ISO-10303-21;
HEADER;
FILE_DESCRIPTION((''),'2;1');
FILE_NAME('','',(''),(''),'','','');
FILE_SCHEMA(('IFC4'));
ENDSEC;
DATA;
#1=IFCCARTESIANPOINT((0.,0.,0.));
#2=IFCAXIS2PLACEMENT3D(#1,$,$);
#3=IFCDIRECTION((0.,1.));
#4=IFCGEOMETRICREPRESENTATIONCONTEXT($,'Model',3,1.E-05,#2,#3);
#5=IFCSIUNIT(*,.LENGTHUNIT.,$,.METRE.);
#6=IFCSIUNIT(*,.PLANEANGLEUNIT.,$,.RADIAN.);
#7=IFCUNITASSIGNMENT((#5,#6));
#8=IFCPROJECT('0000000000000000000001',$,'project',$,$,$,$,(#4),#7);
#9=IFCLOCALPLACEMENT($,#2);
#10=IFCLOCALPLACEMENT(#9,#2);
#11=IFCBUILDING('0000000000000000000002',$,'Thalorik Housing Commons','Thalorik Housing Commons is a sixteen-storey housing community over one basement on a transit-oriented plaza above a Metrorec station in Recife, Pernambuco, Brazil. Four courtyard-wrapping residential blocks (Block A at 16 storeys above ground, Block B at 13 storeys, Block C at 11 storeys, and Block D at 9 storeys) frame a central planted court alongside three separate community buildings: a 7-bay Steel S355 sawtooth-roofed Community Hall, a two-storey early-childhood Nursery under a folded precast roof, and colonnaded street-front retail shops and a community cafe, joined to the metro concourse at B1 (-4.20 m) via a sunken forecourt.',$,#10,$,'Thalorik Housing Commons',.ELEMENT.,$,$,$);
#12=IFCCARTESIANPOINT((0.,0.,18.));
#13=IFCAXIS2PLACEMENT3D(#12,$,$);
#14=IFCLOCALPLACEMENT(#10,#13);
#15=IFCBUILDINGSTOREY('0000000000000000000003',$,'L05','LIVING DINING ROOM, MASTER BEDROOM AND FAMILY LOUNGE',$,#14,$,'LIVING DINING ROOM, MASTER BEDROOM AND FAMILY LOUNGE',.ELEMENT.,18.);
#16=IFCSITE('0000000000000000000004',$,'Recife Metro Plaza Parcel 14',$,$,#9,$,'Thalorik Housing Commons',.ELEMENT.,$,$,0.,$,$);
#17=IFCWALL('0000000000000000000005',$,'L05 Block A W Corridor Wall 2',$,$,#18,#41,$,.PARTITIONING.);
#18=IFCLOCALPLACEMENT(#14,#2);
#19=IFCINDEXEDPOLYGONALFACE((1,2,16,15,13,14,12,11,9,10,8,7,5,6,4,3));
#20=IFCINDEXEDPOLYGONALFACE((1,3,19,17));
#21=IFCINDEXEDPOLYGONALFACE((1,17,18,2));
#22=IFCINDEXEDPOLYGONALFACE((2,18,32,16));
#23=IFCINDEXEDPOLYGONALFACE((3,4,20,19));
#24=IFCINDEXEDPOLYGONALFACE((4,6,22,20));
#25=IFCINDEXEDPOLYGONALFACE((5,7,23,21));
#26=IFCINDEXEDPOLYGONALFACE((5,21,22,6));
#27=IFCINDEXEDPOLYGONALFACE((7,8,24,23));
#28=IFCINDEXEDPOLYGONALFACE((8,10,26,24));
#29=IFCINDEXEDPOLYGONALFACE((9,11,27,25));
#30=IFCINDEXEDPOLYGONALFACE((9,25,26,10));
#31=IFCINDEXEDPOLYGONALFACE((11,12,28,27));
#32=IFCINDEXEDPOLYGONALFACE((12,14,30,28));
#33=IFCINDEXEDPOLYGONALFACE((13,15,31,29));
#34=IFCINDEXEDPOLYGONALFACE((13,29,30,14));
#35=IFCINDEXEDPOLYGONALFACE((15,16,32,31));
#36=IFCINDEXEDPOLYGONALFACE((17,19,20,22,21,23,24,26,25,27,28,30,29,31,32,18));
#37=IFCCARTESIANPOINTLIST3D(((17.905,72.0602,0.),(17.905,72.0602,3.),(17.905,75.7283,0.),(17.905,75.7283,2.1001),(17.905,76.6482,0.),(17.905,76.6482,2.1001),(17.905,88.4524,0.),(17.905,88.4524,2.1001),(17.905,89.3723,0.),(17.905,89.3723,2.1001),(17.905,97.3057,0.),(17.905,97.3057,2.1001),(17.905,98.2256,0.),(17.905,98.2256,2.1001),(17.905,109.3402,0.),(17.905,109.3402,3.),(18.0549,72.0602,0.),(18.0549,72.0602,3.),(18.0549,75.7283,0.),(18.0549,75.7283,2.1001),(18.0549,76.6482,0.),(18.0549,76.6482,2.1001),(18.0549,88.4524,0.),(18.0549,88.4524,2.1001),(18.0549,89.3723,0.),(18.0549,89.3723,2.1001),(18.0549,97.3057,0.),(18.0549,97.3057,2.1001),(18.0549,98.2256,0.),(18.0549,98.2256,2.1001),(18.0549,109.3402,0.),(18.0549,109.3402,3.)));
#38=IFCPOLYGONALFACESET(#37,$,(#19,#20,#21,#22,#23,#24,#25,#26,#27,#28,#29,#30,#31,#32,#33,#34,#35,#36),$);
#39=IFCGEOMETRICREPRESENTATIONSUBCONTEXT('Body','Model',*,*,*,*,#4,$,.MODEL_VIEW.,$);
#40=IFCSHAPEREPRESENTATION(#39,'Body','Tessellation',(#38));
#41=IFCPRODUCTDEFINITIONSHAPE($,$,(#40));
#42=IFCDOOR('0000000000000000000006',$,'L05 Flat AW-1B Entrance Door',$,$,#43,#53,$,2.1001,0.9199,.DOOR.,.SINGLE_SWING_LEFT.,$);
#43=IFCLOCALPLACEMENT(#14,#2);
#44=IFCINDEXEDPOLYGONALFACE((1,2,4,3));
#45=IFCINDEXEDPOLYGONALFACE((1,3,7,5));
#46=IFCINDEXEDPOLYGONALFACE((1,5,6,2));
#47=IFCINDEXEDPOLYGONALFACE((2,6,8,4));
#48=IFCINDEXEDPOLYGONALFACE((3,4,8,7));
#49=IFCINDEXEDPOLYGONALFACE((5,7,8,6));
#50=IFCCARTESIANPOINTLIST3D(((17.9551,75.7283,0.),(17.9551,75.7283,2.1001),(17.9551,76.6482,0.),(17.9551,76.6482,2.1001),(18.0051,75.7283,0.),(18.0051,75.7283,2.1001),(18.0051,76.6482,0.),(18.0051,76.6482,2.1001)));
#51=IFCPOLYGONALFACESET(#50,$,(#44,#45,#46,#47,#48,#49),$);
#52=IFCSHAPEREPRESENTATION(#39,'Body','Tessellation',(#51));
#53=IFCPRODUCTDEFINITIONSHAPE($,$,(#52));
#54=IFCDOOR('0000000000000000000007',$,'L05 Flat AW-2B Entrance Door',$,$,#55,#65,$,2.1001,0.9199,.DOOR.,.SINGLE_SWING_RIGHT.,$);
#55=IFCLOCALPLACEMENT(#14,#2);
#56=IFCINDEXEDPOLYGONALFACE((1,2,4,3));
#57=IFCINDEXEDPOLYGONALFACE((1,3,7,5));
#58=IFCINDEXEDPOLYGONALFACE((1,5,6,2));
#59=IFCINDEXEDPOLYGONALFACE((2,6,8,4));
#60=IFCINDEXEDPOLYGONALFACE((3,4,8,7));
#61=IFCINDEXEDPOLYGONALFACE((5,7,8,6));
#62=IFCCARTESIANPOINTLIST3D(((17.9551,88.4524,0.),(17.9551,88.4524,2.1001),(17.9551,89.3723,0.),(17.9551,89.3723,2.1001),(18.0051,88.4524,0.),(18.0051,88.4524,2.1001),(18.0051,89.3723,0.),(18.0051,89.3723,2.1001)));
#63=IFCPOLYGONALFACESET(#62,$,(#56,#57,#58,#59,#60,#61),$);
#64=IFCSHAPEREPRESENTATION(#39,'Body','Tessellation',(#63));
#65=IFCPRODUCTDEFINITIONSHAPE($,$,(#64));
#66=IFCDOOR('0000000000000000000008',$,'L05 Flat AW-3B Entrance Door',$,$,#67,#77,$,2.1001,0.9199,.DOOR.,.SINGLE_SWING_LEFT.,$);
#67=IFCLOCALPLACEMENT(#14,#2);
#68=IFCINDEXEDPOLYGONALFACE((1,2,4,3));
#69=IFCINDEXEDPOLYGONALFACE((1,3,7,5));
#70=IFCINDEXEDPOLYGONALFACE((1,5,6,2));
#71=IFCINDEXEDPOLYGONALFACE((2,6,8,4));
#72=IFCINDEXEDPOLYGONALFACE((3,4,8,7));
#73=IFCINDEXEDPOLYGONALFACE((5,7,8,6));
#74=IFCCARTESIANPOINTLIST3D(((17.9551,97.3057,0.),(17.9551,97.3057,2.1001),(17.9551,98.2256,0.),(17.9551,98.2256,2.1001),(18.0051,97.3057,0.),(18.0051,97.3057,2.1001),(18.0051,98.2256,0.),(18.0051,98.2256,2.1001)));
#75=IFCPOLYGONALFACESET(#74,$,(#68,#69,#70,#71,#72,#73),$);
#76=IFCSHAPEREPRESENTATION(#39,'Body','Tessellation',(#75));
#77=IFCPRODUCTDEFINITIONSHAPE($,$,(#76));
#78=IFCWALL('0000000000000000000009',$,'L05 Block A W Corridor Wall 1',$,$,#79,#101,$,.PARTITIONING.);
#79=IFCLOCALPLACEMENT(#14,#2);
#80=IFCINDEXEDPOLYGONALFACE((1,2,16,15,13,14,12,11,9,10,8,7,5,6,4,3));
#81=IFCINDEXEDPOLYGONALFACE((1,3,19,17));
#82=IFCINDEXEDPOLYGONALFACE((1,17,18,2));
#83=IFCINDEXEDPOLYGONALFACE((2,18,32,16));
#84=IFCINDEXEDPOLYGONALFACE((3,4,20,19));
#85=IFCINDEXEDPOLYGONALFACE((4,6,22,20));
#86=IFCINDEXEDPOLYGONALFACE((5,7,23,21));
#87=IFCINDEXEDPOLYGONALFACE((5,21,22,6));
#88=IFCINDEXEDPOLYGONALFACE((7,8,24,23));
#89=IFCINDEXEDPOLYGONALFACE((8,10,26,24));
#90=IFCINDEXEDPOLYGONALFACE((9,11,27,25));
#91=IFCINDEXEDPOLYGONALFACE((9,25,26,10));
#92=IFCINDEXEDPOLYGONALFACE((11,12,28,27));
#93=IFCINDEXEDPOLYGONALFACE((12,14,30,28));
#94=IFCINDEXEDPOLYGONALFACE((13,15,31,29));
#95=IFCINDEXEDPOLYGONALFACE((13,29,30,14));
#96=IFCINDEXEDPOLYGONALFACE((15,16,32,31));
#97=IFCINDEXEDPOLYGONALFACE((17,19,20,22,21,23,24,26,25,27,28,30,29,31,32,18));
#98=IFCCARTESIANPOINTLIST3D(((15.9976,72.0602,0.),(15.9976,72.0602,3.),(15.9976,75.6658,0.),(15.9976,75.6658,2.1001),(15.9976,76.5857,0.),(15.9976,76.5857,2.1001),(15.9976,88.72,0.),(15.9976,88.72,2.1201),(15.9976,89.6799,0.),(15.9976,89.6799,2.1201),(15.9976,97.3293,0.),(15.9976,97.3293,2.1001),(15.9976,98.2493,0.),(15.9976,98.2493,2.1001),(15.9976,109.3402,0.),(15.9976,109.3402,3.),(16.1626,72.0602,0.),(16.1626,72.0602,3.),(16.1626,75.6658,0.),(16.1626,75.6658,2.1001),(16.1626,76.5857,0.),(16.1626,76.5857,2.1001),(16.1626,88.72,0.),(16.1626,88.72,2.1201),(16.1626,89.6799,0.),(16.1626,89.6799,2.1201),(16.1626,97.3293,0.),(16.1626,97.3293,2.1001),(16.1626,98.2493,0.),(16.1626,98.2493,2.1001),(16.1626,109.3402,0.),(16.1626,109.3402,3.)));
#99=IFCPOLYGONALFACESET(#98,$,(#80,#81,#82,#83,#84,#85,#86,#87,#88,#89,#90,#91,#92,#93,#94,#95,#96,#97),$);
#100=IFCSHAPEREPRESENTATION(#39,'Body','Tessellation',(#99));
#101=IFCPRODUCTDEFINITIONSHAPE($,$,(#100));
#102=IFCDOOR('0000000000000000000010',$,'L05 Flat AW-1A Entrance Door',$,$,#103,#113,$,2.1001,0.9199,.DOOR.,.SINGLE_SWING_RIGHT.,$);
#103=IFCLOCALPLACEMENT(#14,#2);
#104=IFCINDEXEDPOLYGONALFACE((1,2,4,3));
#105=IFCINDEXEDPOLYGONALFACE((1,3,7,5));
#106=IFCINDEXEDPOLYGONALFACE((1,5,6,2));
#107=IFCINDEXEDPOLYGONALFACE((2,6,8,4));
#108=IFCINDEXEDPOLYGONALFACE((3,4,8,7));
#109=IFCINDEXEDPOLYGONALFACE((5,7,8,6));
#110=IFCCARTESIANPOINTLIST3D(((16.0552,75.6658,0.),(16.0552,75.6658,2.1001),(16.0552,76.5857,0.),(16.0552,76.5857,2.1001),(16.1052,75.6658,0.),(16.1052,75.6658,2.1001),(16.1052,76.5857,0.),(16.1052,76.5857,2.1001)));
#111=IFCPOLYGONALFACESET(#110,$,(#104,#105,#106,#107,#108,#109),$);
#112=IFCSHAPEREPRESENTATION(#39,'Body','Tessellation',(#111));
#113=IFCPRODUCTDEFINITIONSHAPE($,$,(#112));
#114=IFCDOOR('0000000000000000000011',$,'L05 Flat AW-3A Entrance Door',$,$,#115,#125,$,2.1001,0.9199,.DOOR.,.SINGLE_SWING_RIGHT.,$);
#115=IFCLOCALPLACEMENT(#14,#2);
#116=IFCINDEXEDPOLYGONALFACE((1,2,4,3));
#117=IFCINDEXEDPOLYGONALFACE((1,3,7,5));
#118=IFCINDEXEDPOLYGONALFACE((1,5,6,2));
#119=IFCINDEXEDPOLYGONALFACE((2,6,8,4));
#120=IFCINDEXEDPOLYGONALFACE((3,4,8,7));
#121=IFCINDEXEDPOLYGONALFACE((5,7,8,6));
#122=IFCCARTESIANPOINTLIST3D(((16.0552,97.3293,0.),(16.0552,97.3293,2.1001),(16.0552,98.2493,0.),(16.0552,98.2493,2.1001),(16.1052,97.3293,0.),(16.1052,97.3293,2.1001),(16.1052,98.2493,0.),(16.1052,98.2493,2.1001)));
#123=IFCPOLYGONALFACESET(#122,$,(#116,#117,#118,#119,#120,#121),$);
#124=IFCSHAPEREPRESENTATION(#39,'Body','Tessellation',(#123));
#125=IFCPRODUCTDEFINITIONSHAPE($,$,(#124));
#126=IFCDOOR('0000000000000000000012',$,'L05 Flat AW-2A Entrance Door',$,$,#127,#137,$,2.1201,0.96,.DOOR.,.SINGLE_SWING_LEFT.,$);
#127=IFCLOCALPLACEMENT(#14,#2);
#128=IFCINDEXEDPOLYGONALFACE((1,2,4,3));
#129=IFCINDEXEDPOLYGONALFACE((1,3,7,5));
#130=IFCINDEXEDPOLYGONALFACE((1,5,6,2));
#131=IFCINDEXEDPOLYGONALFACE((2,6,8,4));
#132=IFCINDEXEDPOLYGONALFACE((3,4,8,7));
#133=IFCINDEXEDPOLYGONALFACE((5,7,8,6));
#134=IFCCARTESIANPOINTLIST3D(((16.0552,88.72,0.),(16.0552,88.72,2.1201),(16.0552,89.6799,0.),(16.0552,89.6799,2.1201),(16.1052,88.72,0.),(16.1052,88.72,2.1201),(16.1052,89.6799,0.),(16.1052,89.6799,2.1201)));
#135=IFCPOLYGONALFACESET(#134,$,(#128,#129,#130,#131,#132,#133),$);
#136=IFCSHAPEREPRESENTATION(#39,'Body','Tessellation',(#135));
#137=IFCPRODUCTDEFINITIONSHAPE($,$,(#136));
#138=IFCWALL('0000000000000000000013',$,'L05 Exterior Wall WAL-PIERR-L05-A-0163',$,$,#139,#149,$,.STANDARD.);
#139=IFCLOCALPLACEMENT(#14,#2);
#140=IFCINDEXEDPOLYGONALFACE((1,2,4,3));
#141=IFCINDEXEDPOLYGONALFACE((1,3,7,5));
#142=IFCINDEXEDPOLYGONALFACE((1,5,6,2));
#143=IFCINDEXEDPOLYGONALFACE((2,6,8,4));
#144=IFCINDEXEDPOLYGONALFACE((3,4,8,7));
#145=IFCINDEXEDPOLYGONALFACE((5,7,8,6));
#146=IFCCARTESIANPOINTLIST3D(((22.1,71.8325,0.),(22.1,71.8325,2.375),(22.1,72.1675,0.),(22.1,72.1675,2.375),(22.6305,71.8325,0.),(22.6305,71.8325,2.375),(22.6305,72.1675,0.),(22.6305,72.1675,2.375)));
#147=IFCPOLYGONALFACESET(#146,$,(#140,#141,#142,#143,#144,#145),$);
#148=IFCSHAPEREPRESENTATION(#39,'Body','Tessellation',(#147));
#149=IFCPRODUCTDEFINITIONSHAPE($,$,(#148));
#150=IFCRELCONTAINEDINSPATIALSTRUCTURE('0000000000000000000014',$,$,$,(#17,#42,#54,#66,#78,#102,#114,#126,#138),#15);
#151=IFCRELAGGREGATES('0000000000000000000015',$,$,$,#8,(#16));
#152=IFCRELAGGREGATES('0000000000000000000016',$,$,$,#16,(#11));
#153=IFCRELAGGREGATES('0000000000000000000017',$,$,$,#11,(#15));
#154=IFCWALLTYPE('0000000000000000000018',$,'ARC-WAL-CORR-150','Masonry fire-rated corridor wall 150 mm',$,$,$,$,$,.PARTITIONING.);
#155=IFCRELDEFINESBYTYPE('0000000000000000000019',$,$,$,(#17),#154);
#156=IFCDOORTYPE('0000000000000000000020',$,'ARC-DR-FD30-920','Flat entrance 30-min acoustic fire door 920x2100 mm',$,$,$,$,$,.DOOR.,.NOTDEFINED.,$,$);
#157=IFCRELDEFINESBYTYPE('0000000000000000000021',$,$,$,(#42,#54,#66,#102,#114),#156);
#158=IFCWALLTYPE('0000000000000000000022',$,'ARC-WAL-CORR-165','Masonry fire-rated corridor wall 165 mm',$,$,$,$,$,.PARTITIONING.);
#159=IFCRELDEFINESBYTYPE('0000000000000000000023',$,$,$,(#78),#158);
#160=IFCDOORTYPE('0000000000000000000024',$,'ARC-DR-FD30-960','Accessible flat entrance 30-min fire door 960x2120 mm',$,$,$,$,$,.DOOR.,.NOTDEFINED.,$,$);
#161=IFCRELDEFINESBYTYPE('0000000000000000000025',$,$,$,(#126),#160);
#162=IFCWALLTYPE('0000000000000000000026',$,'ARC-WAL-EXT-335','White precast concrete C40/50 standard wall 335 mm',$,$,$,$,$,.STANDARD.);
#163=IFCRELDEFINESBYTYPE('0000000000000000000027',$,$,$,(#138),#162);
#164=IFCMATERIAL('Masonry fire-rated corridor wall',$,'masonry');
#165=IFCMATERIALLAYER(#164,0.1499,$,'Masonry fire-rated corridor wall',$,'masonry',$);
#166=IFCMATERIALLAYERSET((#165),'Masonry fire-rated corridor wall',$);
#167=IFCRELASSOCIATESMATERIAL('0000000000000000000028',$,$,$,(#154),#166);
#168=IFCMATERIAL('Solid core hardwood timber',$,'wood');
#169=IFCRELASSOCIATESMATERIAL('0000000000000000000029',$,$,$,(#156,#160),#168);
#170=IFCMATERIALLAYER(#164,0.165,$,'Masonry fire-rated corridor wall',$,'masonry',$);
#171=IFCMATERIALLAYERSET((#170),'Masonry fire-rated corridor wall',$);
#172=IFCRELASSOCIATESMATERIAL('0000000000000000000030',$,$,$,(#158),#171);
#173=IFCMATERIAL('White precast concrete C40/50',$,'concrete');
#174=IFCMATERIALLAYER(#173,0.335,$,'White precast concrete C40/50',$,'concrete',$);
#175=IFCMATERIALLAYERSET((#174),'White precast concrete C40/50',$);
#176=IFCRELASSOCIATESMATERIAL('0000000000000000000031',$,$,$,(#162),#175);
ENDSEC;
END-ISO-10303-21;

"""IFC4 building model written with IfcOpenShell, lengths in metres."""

from ifc_helpers import new_model, si_unit, direction, frame, frame_2d, origin, place, context, subcontext, project, spatial, rectangle, extrude, material, layer, layer_set, type_object, element, fill, save


model = new_model("IFC4")

# Units and contexts
model_context = context("Model", 3, precision=1e-05, world=origin(), true_north=direction((0.0, 1.0)))
body_context = subcontext(model_context, "Body", "Model", "MODEL_VIEW")
ifc_project = project(units=[si_unit("LENGTHUNIT", "METRE"), si_unit("PLANEANGLEUNIT", "RADIAN")], contexts=[model_context])

# Site, building, storey
site_placement = place(None, origin())
site = spatial("IfcSite", under=ifc_project, at=site_placement, Name="Recife Metro Plaza Parcel 14", LongName="Thalorik Housing Commons", CompositionType="ELEMENT", RefElevation=0.0)
building_placement = place(site_placement, origin())
building = spatial("IfcBuilding", under=site, at=building_placement, Name="Thalorik Housing Commons", Description="Thalorik Housing Commons is a sixteen-storey housing community over one basement on a transit-oriented plaza above a Metrorec station in Recife, Pernambuco, Brazil. Four courtyard-wrapping residential blocks (Block A at 16 storeys above ground, Block B at 13 storeys, Block C at 11 storeys, and Block D at 9 storeys) frame a central planted court alongside three separate community buildings: a 7-bay Steel S355 sawtooth-roofed Community Hall, a two-storey early-childhood Nursery under a folded precast roof, and colonnaded street-front retail shops and a community cafe, joined to the metro concourse at B1 (-4.20 m) via a sunken forecourt.", LongName="Thalorik Housing Commons", CompositionType="ELEMENT")
storey_placement = place(building_placement, frame((0.0, 0.0, 18.0)))
storey = spatial("IfcBuildingStorey", under=building, at=storey_placement, Name="L05", Description="LIVING DINING ROOM, MASTER BEDROOM AND FAMILY LOUNGE", LongName="LIVING DINING ROOM, MASTER BEDROOM AND FAMILY LOUNGE", CompositionType="ELEMENT", Elevation=18.0)

# Walls, openings, doors
ifc_material_1 = material(Name="Masonry fire-rated corridor wall", Category="masonry")
ifc_layer_1 = layer(ifc_material_1, 0.1499, Name="Masonry fire-rated corridor wall", Category="masonry")
ifc_layer_set_1 = layer_set([ifc_layer_1], Name="Masonry fire-rated corridor wall")
wall_type_1 = type_object("IfcWallType", Name="ARC-WAL-CORR-150", Description="Masonry fire-rated corridor wall 150 mm", PredefinedType="PARTITIONING", material=ifc_layer_set_1)
wall_1_placement = place(storey_placement, frame((17.98, 72.0601, 0.0), z_axis=(0.0, 0.0, 1.0), x_axis=(0.0, 1.0, 0.0)))
wall_1 = element("IfcWall", 1, at=wall_1_placement, inside=storey, type_object=wall_type_1, Name="L05 Block A W Corridor Wall 2", PredefinedType="PARTITIONING", context=body_context, shape_type="SweptSolid", body=[
    extrude(rectangle(XDim=37.28, YDim=0.1499, at=frame_2d((18.6401, 0.0))), origin(), (0.0, 0.0, 1.0), 3.0),
])
opening_1_placement = place(wall_1_placement, frame((3.6682, 0.0, 0.0)))
opening_1 = element("IfcOpeningElement", 2, at=opening_1_placement, cuts=wall_1, PredefinedType="OPENING", context=body_context, shape_type="SweptSolid", body=[
    extrude(rectangle(XDim=0.9199, YDim=2.1001, at=frame_2d((0.46, 1.05))), frame((0.0, 0.085, 0.0), z_axis=(0.0, -1.0, 0.0), x_axis=(1.0, 0.0, 0.0)), (0.0, 0.0, 1.0), 0.1699),
])
opening_2_placement = place(wall_1_placement, frame((16.3923, 0.0, 0.0)))
opening_2 = element("IfcOpeningElement", 3, at=opening_2_placement, cuts=wall_1, PredefinedType="OPENING", context=body_context, shape_type="SweptSolid", body=[
    extrude(rectangle(XDim=0.9199, YDim=2.1001, at=frame_2d((0.46, 1.05))), frame((0.0, 0.085, 0.0), z_axis=(0.0, -1.0, 0.0), x_axis=(1.0, 0.0, 0.0)), (0.0, 0.0, 1.0), 0.1699),
])
opening_3_placement = place(wall_1_placement, frame((25.2456, 0.0, 0.0)))
opening_3 = element("IfcOpeningElement", 4, at=opening_3_placement, cuts=wall_1, PredefinedType="OPENING", context=body_context, shape_type="SweptSolid", body=[
    extrude(rectangle(XDim=0.9199, YDim=2.1001, at=frame_2d((0.46, 1.05))), frame((0.0, 0.085, 0.0), z_axis=(0.0, -1.0, 0.0), x_axis=(1.0, 0.0, 0.0)), (0.0, 0.0, 1.0), 0.1699),
])
ifc_material_2 = material(Name="Solid core hardwood timber", Category="wood")
door_type_1 = type_object("IfcDoorType", Name="ARC-DR-FD30-920", Description="Flat entrance 30-min acoustic fire door 920x2100 mm", OperationType="NOTDEFINED", PredefinedType="DOOR", material=ifc_material_2)
door_1_placement = place(opening_1_placement, origin())
door_1 = element("IfcDoor", 5, at=door_1_placement, inside=storey, type_object=door_type_1, Name="L05 Flat AW-1B Entrance Door", OperationType="SINGLE_SWING_LEFT", OverallHeight=2.1001, OverallWidth=0.9199, PredefinedType="DOOR", context=body_context, shape_type="SweptSolid", body=[
    extrude(rectangle(XDim=0.9199, YDim=2.1001, at=frame_2d((0.46, 1.05))), frame((0.0, 0.0249, 0.0), z_axis=(0.0, -1.0, 0.0), x_axis=(1.0, 0.0, 0.0)), (0.0, 0.0, 1.0), 0.05),
])
fill(opening_1, door_1)
door_2_placement = place(opening_2_placement, origin())
door_2 = element("IfcDoor", 6, at=door_2_placement, inside=storey, type_object=door_type_1, Name="L05 Flat AW-2B Entrance Door", OperationType="SINGLE_SWING_RIGHT", OverallHeight=2.1001, OverallWidth=0.9199, PredefinedType="DOOR", context=body_context, shape_type="SweptSolid", body=[
    extrude(rectangle(XDim=0.9199, YDim=2.1001, at=frame_2d((0.46, 1.05))), frame((0.0, 0.0249, 0.0), z_axis=(0.0, -1.0, 0.0), x_axis=(1.0, 0.0, 0.0)), (0.0, 0.0, 1.0), 0.05),
])
fill(opening_2, door_2)
door_3_placement = place(opening_3_placement, origin())
door_3 = element("IfcDoor", 7, at=door_3_placement, inside=storey, type_object=door_type_1, Name="L05 Flat AW-3B Entrance Door", OperationType="SINGLE_SWING_LEFT", OverallHeight=2.1001, OverallWidth=0.9199, PredefinedType="DOOR", context=body_context, shape_type="SweptSolid", body=[
    extrude(rectangle(XDim=0.9199, YDim=2.1001, at=frame_2d((0.46, 1.05))), frame((0.0, 0.0249, 0.0), z_axis=(0.0, -1.0, 0.0), x_axis=(1.0, 0.0, 0.0)), (0.0, 0.0, 1.0), 0.05),
])
fill(opening_3, door_3)
ifc_layer_2 = layer(ifc_material_1, 0.165, Name="Masonry fire-rated corridor wall", Category="masonry")
ifc_layer_set_2 = layer_set([ifc_layer_2], Name="Masonry fire-rated corridor wall")
wall_type_2 = type_object("IfcWallType", Name="ARC-WAL-CORR-165", Description="Masonry fire-rated corridor wall 165 mm", PredefinedType="PARTITIONING", material=ifc_layer_set_2)
wall_2_placement = place(storey_placement, frame((16.0801, 72.0601, 0.0), z_axis=(0.0, 0.0, 1.0), x_axis=(0.0, 1.0, 0.0)))
wall_2 = element("IfcWall", 8, at=wall_2_placement, inside=storey, type_object=wall_type_2, Name="L05 Block A W Corridor Wall 1", PredefinedType="PARTITIONING", context=body_context, shape_type="SweptSolid", body=[
    extrude(rectangle(XDim=37.28, YDim=0.165, at=frame_2d((18.6401, 0.0))), origin(), (0.0, 0.0, 1.0), 3.0),
])
opening_4_placement = place(wall_2_placement, frame((3.6057, 0.0, 0.0)))
opening_4 = element("IfcOpeningElement", 9, at=opening_4_placement, cuts=wall_2, PredefinedType="OPENING", context=body_context, shape_type="SweptSolid", body=[
    extrude(rectangle(XDim=0.9199, YDim=2.1001, at=frame_2d((0.46, 1.05))), frame((0.0, 0.0925, 0.0), z_axis=(0.0, -1.0, 0.0), x_axis=(1.0, 0.0, 0.0)), (0.0, 0.0, 1.0), 0.1851),
])
opening_5_placement = place(wall_2_placement, frame((16.6599, 0.0, 0.0)))
opening_5 = element("IfcOpeningElement", 10, at=opening_5_placement, cuts=wall_2, PredefinedType="OPENING", context=body_context, shape_type="SweptSolid", body=[
    extrude(rectangle(XDim=0.96, YDim=2.1201, at=frame_2d((0.48, 1.0601))), frame((0.0, 0.0925, 0.0), z_axis=(0.0, -1.0, 0.0), x_axis=(1.0, 0.0, 0.0)), (0.0, 0.0, 1.0), 0.1851),
])
opening_6_placement = place(wall_2_placement, frame((25.2693, 0.0, 0.0)))
opening_6 = element("IfcOpeningElement", 11, at=opening_6_placement, cuts=wall_2, PredefinedType="OPENING", context=body_context, shape_type="SweptSolid", body=[
    extrude(rectangle(XDim=0.9199, YDim=2.1001, at=frame_2d((0.46, 1.05))), frame((0.0, 0.0925, 0.0), z_axis=(0.0, -1.0, 0.0), x_axis=(1.0, 0.0, 0.0)), (0.0, 0.0, 1.0), 0.1851),
])
door_4_placement = place(opening_4_placement, origin())
door_4 = element("IfcDoor", 12, at=door_4_placement, inside=storey, type_object=door_type_1, Name="L05 Flat AW-1A Entrance Door", OperationType="SINGLE_SWING_RIGHT", OverallHeight=2.1001, OverallWidth=0.9199, PredefinedType="DOOR", context=body_context, shape_type="SweptSolid", body=[
    extrude(rectangle(XDim=0.9199, YDim=2.1001, at=frame_2d((0.46, 1.05))), frame((0.0, 0.0249, 0.0), z_axis=(0.0, -1.0, 0.0), x_axis=(1.0, 0.0, 0.0)), (0.0, 0.0, 1.0), 0.05),
])
fill(opening_4, door_4)
door_5_placement = place(opening_6_placement, origin())
door_5 = element("IfcDoor", 13, at=door_5_placement, inside=storey, type_object=door_type_1, Name="L05 Flat AW-3A Entrance Door", OperationType="SINGLE_SWING_RIGHT", OverallHeight=2.1001, OverallWidth=0.9199, PredefinedType="DOOR", context=body_context, shape_type="SweptSolid", body=[
    extrude(rectangle(XDim=0.9199, YDim=2.1001, at=frame_2d((0.46, 1.05))), frame((0.0, 0.0249, 0.0), z_axis=(0.0, -1.0, 0.0), x_axis=(1.0, 0.0, 0.0)), (0.0, 0.0, 1.0), 0.05),
])
fill(opening_6, door_5)
door_type_2 = type_object("IfcDoorType", Name="ARC-DR-FD30-960", Description="Accessible flat entrance 30-min fire door 960x2120 mm", OperationType="NOTDEFINED", PredefinedType="DOOR", material=ifc_material_2)
door_6_placement = place(opening_5_placement, origin())
door_6 = element("IfcDoor", 14, at=door_6_placement, inside=storey, type_object=door_type_2, Name="L05 Flat AW-2A Entrance Door", OperationType="SINGLE_SWING_LEFT", OverallHeight=2.1201, OverallWidth=0.96, PredefinedType="DOOR", context=body_context, shape_type="SweptSolid", body=[
    extrude(rectangle(XDim=0.96, YDim=2.1201, at=frame_2d((0.48, 1.0601))), frame((0.0, 0.0249, 0.0), z_axis=(0.0, -1.0, 0.0), x_axis=(1.0, 0.0, 0.0)), (0.0, 0.0, 1.0), 0.05),
])
fill(opening_5, door_6)

# Wall
ifc_material_3 = material(Name="White precast concrete C40/50", Category="concrete")
ifc_layer_3 = layer(ifc_material_3, 0.335, Name="White precast concrete C40/50", Category="concrete")
ifc_layer_set_3 = layer_set([ifc_layer_3], Name="White precast concrete C40/50")
wall_type_3 = type_object("IfcWallType", Name="ARC-WAL-EXT-335", Description="White precast concrete C40/50 standard wall 335 mm", PredefinedType="STANDARD", material=ifc_layer_set_3)
wall_3_placement = place(storey_placement, frame((22.1001, 72.0, 0.0), z_axis=(0.0, 0.0, 1.0), x_axis=(1.0, 0.0, 0.0)))
element("IfcWall", 15, at=wall_3_placement, inside=storey, type_object=wall_type_3, Name="L05 Exterior Wall WAL-PIERR-L05-A-0163", PredefinedType="STANDARD", context=body_context, shape_type="SweptSolid", body=[
    extrude(rectangle(XDim=0.5305, YDim=0.335, at=frame_2d((0.2651, 0.0))), origin(), (0.0, 0.0, 1.0), 2.375),
])

save(model, "model.ifc")
